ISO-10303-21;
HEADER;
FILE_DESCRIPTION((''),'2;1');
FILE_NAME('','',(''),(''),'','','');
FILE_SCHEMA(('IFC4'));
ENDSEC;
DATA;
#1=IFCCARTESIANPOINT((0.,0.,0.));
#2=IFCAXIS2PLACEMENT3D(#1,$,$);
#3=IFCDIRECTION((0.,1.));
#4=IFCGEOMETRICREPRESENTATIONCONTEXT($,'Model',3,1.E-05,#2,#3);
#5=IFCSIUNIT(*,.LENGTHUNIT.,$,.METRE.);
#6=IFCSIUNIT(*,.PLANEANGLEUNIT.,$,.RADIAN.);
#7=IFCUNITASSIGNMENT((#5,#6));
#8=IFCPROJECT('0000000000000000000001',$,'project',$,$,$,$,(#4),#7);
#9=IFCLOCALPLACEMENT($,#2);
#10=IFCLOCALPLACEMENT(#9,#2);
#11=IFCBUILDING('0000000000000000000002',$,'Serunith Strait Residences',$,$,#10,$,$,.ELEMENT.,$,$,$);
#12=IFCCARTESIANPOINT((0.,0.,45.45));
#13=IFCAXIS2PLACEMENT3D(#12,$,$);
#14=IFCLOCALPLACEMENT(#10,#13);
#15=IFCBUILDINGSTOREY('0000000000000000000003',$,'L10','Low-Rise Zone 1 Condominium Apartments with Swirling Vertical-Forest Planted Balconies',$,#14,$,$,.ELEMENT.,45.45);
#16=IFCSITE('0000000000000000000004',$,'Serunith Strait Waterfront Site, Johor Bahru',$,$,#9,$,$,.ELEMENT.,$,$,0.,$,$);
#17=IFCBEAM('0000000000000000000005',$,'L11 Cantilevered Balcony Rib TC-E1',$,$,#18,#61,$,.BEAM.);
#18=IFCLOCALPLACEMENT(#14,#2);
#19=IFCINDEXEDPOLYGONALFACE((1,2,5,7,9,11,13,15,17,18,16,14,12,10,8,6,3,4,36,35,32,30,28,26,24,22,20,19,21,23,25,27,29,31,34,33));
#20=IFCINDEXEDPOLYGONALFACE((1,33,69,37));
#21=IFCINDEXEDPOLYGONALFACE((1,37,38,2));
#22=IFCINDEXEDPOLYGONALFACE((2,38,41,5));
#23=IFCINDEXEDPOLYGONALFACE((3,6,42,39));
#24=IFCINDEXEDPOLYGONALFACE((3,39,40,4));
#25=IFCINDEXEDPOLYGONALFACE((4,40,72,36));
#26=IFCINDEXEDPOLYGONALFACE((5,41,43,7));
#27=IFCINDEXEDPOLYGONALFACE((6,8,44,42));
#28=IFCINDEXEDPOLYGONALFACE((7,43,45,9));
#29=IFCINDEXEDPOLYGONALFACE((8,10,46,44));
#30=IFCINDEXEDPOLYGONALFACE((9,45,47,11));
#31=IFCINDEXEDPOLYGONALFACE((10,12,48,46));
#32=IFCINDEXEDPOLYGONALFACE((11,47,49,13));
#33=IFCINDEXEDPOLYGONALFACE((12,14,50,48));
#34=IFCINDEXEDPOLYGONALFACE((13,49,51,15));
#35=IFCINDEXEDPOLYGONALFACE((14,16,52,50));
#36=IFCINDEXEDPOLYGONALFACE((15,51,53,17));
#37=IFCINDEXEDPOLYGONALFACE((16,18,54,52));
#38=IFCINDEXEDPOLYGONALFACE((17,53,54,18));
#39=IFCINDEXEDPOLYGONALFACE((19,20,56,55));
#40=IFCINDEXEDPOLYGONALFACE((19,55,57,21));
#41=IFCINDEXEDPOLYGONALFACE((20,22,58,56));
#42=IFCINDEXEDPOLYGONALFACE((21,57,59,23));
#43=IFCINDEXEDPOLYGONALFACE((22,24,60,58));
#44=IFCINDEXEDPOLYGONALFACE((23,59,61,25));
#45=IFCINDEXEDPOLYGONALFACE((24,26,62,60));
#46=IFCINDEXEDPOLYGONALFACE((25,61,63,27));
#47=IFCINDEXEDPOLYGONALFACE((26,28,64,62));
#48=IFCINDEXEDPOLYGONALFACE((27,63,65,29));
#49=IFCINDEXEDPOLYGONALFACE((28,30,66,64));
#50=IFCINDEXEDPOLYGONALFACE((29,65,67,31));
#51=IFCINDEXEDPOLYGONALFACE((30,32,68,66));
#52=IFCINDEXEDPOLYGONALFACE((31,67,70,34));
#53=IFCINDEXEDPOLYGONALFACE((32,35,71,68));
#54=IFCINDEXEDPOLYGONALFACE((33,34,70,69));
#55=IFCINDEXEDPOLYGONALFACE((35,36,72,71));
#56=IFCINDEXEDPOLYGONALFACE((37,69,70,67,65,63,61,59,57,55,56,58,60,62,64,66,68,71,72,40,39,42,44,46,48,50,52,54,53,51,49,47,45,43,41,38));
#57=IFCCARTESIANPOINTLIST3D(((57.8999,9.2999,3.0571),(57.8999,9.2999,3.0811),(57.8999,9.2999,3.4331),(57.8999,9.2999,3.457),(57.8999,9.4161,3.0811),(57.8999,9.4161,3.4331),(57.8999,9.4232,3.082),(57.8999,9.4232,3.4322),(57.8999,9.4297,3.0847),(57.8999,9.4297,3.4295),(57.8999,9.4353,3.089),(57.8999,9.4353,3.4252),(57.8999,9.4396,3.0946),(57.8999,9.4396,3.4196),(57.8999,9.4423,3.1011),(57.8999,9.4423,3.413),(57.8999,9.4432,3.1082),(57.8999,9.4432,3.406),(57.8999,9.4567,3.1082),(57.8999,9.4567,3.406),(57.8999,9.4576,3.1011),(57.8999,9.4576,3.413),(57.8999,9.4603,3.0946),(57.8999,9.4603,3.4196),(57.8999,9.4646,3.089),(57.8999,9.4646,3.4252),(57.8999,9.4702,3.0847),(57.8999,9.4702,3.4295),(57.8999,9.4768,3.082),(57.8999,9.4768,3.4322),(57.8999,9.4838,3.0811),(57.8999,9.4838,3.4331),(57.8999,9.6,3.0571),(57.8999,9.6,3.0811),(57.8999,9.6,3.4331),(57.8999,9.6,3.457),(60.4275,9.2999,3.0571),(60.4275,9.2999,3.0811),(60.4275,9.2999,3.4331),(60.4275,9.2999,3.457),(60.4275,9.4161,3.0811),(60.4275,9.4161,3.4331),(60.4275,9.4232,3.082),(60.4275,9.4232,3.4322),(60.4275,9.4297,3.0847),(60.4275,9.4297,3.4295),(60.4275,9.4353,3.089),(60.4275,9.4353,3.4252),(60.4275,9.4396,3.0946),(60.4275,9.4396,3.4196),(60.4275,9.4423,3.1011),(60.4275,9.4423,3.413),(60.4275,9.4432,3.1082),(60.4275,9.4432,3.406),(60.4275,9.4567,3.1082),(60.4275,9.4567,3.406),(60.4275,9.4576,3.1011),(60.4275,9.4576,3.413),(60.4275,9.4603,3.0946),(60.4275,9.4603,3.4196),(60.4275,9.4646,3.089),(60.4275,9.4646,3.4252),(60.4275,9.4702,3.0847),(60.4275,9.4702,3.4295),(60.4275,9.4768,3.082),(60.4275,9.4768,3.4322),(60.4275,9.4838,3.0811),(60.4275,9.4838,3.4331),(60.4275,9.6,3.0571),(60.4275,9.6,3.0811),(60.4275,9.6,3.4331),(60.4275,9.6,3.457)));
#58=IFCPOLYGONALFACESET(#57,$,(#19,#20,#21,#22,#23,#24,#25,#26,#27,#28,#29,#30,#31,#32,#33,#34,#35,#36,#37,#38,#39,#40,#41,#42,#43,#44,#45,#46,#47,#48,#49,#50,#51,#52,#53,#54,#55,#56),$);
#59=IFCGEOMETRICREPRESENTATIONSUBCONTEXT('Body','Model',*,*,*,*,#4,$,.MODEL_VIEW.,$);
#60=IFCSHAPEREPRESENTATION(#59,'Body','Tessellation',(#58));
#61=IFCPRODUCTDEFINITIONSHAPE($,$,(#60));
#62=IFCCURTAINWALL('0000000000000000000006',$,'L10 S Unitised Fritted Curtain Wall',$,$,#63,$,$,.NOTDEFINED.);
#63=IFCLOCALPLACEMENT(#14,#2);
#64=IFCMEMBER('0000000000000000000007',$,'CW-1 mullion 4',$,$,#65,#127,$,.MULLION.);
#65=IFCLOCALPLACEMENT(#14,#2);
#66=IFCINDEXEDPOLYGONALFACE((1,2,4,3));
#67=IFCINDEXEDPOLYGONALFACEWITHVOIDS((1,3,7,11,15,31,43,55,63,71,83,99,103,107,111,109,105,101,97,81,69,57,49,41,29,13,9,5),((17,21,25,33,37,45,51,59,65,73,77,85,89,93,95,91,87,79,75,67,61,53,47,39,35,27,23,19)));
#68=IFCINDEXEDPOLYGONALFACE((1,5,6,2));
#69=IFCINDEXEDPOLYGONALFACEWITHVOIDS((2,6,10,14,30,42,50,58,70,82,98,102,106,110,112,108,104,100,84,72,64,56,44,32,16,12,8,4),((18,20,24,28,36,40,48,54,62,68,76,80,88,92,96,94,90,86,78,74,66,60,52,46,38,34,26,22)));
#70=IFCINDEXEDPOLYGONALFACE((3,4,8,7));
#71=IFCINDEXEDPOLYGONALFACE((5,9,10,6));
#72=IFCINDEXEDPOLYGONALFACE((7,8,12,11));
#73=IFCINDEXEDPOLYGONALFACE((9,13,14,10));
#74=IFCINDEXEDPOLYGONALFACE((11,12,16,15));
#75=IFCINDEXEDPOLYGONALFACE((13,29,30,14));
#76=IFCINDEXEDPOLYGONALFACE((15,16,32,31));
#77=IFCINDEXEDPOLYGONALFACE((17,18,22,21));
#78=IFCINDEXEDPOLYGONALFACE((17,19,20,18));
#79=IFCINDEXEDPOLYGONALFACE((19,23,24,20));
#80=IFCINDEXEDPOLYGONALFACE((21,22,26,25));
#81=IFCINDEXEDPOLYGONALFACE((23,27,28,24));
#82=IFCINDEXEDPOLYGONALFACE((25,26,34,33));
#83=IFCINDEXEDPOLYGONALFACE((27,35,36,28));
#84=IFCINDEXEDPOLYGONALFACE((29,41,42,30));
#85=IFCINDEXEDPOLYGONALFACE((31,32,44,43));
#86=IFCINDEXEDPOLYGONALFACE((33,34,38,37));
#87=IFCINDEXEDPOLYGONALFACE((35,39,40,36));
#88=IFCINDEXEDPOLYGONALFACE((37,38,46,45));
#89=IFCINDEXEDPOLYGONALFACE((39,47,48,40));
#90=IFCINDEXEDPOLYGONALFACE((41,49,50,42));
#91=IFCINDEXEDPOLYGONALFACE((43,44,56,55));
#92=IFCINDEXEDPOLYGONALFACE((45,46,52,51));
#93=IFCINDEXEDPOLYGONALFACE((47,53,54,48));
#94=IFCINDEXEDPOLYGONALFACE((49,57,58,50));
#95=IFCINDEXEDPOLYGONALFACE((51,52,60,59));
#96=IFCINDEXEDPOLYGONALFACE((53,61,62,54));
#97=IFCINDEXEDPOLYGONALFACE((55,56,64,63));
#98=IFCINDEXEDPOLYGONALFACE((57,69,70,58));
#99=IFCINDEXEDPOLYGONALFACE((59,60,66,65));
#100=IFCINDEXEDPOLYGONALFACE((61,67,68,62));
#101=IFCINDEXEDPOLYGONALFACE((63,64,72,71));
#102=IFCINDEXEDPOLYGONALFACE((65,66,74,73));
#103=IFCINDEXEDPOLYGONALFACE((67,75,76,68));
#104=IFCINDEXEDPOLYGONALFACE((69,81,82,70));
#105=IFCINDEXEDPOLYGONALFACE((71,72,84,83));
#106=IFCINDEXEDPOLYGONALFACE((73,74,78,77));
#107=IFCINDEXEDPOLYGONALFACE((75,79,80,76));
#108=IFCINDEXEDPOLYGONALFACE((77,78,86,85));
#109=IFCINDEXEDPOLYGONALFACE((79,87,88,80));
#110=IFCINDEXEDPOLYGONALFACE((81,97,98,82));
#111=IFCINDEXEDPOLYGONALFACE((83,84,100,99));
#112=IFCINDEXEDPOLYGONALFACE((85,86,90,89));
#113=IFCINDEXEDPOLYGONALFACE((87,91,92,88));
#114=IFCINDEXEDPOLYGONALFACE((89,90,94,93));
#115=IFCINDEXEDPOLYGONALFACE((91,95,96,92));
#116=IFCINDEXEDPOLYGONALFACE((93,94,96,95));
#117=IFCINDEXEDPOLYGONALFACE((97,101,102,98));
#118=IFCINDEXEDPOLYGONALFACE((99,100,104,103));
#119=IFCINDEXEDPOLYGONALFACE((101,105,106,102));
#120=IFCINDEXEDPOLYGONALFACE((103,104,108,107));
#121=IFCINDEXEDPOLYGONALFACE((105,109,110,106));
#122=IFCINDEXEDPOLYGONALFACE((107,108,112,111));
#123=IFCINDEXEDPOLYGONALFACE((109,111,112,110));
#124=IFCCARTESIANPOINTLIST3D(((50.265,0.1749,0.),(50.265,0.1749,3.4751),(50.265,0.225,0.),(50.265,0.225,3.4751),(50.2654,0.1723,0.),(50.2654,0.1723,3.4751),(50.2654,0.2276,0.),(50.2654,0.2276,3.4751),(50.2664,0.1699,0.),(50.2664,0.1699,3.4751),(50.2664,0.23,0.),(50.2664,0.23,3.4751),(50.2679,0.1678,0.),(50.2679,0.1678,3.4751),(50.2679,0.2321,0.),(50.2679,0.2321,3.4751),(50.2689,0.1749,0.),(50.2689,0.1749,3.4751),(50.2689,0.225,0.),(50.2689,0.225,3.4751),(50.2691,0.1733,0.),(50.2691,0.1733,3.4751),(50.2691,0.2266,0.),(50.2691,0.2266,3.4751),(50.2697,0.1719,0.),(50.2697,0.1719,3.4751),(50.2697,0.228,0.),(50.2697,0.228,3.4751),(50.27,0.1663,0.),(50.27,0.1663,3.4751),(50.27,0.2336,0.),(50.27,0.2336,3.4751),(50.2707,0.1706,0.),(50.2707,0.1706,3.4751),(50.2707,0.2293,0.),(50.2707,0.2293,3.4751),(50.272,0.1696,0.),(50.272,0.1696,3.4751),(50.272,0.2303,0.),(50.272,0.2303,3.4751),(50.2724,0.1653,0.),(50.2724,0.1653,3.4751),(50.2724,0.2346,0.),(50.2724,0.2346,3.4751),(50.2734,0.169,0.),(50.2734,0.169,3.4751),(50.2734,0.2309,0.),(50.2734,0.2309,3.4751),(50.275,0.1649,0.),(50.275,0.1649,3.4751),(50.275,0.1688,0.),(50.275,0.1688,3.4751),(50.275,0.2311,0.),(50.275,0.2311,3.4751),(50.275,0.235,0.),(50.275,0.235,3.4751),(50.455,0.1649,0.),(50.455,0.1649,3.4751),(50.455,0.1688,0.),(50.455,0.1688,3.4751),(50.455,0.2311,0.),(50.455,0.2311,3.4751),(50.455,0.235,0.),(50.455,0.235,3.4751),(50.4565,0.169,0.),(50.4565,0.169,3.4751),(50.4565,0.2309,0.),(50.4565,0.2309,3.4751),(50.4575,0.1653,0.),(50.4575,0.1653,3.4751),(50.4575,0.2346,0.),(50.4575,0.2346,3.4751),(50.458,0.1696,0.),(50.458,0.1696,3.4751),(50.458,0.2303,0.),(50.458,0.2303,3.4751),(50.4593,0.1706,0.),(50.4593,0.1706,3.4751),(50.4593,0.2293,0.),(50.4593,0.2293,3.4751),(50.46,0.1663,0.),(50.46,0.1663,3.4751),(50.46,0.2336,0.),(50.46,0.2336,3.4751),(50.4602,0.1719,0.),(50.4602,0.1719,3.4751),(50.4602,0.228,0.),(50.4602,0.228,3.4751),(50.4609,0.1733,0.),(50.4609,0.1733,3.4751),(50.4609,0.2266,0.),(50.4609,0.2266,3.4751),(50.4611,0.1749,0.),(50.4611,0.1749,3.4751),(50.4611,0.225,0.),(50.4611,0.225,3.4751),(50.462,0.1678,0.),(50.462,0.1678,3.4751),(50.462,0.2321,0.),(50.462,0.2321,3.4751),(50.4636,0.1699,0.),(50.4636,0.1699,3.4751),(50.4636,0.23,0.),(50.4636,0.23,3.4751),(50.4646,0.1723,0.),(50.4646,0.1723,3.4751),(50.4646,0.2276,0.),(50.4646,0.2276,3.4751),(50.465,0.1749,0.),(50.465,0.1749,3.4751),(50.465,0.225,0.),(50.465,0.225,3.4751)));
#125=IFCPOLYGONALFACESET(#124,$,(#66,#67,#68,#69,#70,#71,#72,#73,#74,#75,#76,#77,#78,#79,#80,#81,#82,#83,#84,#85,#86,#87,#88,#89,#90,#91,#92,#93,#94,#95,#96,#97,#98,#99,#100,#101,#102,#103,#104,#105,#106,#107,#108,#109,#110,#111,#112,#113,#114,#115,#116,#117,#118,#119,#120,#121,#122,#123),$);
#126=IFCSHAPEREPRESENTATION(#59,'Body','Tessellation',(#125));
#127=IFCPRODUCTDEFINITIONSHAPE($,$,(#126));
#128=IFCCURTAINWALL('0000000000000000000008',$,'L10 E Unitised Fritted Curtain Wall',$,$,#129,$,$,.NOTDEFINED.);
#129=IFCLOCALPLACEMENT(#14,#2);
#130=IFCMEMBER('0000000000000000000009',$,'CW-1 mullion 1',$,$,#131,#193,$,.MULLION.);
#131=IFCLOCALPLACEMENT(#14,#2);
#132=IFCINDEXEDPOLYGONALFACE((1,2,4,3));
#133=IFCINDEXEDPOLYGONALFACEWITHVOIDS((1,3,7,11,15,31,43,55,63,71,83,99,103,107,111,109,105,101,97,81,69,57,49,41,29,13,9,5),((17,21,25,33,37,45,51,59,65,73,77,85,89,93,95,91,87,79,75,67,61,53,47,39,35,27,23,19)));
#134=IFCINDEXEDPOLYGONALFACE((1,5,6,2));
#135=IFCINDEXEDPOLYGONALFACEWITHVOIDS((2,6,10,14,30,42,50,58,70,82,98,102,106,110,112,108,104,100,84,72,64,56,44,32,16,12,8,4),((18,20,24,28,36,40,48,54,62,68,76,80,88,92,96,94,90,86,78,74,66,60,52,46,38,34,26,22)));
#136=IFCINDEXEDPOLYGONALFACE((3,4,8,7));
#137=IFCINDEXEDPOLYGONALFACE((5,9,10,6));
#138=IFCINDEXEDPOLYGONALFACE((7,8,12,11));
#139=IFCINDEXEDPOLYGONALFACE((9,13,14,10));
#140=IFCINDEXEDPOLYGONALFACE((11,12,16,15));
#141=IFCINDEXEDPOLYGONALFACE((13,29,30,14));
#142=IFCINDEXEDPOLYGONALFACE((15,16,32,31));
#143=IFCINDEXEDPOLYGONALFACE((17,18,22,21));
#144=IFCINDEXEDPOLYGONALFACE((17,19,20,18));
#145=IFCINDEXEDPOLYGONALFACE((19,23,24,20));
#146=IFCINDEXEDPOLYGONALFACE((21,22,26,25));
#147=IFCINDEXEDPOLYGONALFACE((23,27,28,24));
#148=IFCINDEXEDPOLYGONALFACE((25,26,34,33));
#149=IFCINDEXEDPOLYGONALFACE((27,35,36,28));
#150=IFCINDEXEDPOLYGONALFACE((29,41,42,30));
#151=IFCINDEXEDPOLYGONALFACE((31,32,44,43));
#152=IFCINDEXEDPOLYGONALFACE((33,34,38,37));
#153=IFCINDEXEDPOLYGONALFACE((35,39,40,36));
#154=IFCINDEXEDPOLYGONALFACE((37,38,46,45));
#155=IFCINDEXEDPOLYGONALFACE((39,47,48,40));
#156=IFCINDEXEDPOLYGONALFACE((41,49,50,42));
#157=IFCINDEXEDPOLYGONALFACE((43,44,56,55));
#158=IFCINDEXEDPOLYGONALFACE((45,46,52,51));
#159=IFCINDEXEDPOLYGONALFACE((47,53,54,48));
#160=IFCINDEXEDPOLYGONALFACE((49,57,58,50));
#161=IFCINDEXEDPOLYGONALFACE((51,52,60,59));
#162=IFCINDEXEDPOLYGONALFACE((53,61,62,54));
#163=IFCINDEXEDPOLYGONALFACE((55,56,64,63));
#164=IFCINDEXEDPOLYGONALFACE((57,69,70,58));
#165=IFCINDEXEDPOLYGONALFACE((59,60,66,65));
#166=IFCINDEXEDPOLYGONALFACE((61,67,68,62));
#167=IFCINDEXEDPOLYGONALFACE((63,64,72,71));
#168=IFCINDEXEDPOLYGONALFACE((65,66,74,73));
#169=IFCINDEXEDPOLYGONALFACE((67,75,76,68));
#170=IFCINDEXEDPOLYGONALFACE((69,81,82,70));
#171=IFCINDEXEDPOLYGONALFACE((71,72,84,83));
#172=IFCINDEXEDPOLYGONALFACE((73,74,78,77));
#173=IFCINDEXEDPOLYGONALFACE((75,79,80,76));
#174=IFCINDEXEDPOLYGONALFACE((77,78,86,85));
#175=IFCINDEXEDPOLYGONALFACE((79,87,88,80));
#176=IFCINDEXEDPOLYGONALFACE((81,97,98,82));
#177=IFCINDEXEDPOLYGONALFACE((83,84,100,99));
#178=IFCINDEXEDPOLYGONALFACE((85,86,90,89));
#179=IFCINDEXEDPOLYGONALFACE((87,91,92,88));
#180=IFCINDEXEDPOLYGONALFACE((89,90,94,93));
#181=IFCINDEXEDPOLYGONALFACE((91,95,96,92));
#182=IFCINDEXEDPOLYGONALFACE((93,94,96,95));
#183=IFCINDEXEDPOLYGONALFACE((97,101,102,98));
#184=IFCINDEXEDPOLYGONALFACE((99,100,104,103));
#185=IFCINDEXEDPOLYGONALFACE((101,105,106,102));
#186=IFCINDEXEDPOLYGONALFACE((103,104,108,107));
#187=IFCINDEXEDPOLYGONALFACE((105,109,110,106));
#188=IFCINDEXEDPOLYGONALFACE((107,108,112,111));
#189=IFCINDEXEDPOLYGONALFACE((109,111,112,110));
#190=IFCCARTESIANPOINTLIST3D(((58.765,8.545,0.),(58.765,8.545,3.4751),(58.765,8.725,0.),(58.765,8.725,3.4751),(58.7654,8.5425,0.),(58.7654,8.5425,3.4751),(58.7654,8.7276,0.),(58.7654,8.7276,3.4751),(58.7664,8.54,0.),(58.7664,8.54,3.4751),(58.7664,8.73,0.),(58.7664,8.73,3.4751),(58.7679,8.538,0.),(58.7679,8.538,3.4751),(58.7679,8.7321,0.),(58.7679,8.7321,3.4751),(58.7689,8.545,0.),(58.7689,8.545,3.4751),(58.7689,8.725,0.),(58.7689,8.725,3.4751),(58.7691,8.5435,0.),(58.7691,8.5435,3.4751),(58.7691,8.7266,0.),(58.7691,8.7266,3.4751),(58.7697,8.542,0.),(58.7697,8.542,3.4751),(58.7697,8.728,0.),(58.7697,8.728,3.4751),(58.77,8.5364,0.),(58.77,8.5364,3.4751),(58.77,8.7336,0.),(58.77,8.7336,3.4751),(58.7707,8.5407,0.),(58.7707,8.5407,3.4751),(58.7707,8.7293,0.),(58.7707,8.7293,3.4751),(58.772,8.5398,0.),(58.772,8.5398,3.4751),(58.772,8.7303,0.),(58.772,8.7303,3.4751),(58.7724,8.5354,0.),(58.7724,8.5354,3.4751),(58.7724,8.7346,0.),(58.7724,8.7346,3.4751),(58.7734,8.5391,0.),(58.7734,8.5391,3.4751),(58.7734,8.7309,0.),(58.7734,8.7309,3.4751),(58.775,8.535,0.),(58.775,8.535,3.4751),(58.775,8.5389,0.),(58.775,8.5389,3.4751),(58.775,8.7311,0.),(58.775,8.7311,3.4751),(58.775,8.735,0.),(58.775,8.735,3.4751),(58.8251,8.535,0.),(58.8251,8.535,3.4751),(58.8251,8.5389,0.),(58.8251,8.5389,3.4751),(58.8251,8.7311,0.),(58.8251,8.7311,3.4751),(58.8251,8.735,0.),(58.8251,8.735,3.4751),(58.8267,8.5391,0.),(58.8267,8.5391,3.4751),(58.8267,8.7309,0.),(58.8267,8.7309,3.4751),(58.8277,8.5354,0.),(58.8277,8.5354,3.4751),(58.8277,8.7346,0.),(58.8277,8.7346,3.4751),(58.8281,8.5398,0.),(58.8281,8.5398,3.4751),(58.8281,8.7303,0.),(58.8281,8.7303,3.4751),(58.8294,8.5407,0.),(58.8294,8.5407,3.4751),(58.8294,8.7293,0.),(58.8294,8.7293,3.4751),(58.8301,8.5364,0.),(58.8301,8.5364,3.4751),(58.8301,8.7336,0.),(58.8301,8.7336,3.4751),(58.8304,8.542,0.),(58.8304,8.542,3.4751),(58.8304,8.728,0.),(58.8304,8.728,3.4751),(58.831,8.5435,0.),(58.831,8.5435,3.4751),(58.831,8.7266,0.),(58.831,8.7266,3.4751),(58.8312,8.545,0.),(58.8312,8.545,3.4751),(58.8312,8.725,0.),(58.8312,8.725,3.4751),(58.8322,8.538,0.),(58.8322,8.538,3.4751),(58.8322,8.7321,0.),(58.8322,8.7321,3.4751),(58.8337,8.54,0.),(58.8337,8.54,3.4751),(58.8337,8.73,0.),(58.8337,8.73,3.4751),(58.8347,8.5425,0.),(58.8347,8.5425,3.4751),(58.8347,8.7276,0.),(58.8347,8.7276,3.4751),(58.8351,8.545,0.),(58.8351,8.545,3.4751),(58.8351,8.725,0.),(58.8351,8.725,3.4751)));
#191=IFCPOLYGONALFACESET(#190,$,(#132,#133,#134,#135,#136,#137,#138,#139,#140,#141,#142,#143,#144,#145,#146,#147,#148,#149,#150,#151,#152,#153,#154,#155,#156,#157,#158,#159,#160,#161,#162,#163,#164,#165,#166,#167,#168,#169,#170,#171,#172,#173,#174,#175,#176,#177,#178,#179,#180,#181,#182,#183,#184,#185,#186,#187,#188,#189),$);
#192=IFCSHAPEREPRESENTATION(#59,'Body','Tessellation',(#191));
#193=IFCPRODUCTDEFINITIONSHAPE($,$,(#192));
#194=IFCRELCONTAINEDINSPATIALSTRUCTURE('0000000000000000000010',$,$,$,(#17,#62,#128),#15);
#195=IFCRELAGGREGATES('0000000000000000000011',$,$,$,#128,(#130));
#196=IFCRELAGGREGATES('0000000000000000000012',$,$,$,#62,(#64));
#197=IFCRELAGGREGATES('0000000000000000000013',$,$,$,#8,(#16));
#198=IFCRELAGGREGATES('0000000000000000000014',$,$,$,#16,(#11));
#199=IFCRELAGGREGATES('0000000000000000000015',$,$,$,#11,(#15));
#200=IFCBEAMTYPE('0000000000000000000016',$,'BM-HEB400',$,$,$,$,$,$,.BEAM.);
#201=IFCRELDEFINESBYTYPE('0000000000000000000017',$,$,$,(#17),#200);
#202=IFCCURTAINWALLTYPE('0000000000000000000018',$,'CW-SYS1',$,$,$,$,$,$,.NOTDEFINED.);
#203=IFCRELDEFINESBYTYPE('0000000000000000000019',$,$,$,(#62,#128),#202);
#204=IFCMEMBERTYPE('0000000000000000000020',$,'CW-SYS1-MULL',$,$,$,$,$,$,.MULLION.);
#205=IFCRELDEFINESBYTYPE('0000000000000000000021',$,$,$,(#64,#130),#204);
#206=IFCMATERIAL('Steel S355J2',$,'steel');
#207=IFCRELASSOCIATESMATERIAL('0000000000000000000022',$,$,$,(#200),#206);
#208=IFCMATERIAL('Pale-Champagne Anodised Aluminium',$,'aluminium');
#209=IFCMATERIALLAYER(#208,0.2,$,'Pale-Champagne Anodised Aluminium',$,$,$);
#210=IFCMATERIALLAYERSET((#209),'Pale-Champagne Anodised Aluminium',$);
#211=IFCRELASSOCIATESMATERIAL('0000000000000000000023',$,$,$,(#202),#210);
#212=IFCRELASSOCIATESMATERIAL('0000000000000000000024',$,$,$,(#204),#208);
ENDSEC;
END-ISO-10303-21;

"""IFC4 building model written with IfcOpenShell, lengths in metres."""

from ifc_helpers import new_model, si_unit, direction, frame, origin, origin_2d, place, context, subcontext, project, spatial, hollow_rectangle, i_section, extrude, source, transform, mapped, material, layer, layer_set, material_profile, profile_set, type_object, element, aggregate, save


model = new_model("IFC4")

# Units and contexts
model_context = context("Model", 3, precision=1e-05, world=origin(), true_north=direction((0.0, 1.0)))
body_context = subcontext(model_context, "Body", "Model", "MODEL_VIEW")
ifc_project = project(units=[si_unit("LENGTHUNIT", "METRE"), si_unit("PLANEANGLEUNIT", "RADIAN")], contexts=[model_context])

# Site, building, storey
site_placement = place(None, origin())
site = spatial("IfcSite", under=ifc_project, at=site_placement, Name="Serunith Strait Waterfront Site, Johor Bahru", CompositionType="ELEMENT", RefElevation=0.0)
building_placement = place(site_placement, origin())
building = spatial("IfcBuilding", under=site, at=building_placement, Name="Serunith Strait Residences", CompositionType="ELEMENT")
storey_placement = place(building_placement, frame((0.0, 0.0, 45.45)))
storey = spatial("IfcBuildingStorey", under=building, at=storey_placement, Name="L10", Description="Low-Rise Zone 1 Condominium Apartments with Swirling Vertical-Forest Planted Balconies", CompositionType="ELEMENT", Elevation=45.45)

# Beam
ifc_material_1 = material(Name="Steel S355J2", Category="steel")
ifc_material_profile_1 = material_profile(ifc_material_1, i_section(OverallWidth=0.3, OverallDepth=0.3999, WebThickness=0.0134, FlangeThickness=0.0239, FilletRadius=0.0271, at=origin_2d()), Name="HEB 400")
ifc_profile_set_1 = profile_set([ifc_material_profile_1], Name="Steel S355J2")
beam_type_1 = type_object("IfcBeamType", Name="BM-HEB400", PredefinedType="BEAM", material=ifc_profile_set_1)
shared_shape_1 = source(origin(), body_context, "Body", "SweptSolid", [
    extrude(i_section(OverallWidth=0.3, OverallDepth=0.3999, WebThickness=0.0134, FlangeThickness=0.0239, FilletRadius=0.0271, at=origin_2d()), origin(), (0.0, 0.0, 1.0), 2.5276),
])
beam_1_placement = place(storey_placement, frame((57.8999, 9.45, 3.2571), z_axis=(1.0, 0.0, 0.0), x_axis=(0.0, 1.0, 0.0)))
element("IfcBeam", 1, at=beam_1_placement, inside=storey, type_object=beam_type_1, Name="L11 Cantilevered Balcony Rib TC-E1", PredefinedType="BEAM", context=body_context, shape_type="MappedRepresentation", body=[
    mapped(shared_shape_1, transform((0.0, 0.0, 0.0), scale=1.0)),
])

# Curtain wall, member
ifc_material_2 = material(Name="Pale-Champagne Anodised Aluminium", Category="aluminium")
ifc_layer_1 = layer(ifc_material_2, 0.2, Name="Pale-Champagne Anodised Aluminium")
ifc_layer_set_1 = layer_set([ifc_layer_1], Name="Pale-Champagne Anodised Aluminium")
curtain_wall_type = type_object("IfcCurtainWallType", Name="CW-SYS1", PredefinedType="NOTDEFINED", material=ifc_layer_set_1)
curtain_wall_1_placement = place(storey_placement, origin())
curtain_wall_1 = element("IfcCurtainWall", 2, at=curtain_wall_1_placement, inside=storey, type_object=curtain_wall_type, Name="L10 S Unitised Fritted Curtain Wall", PredefinedType="NOTDEFINED")
ifc_material_profile_2 = material_profile(ifc_material_2, hollow_rectangle(XDim=0.0701, YDim=0.2, WallThickness=0.0039, InnerFilletRadius=0.0061, OuterFilletRadius=0.01, at=origin_2d()), Name="ALU 200x70x4")
ifc_profile_set_2 = profile_set([ifc_material_profile_2], Name="Pale-Champagne Anodised Aluminium")
member_type_1 = type_object("IfcMemberType", Name="CW-SYS1-MULL", PredefinedType="MULLION", material=ifc_profile_set_2)
shared_shape_2 = source(origin(), body_context, "Body", "SweptSolid", [
    extrude(hollow_rectangle(XDim=0.0701, YDim=0.2, WallThickness=0.0039, InnerFilletRadius=0.0061, OuterFilletRadius=0.01, at=origin_2d()), origin(), (0.0, 0.0, 1.0), 3.4751),
])
member_1_placement = place(storey_placement, frame((50.365, 0.2, 0.0), z_axis=(0.0, 0.0, 1.0), x_axis=(0.0, 1.0, 0.0)))
member_1 = element("IfcMember", 3, at=member_1_placement, type_object=member_type_1, Name="CW-1 mullion 4", PredefinedType="MULLION", context=body_context, shape_type="MappedRepresentation", body=[
    mapped(shared_shape_2, transform((0.0, 0.0, 0.0), scale=1.0)),
])

# Curtain wall, member
curtain_wall_2_placement = place(storey_placement, origin())
curtain_wall_2 = element("IfcCurtainWall", 4, at=curtain_wall_2_placement, inside=storey, type_object=curtain_wall_type, Name="L10 E Unitised Fritted Curtain Wall", PredefinedType="NOTDEFINED")
member_2_placement = place(storey_placement, frame((58.8, 8.635, 0.0), z_axis=(0.0, 0.0, 1.0), x_axis=(-1.0, 0.0, 0.0)))
member_2 = element("IfcMember", 5, at=member_2_placement, type_object=member_type_1, Name="CW-1 mullion 1", PredefinedType="MULLION", context=body_context, shape_type="MappedRepresentation", body=[
    mapped(shared_shape_2, transform((0.0, 0.0, 0.0), scale=1.0)),
])
aggregate(curtain_wall_2, [member_2])

aggregate(curtain_wall_1, [member_1])

save(model, "model.ifc")
